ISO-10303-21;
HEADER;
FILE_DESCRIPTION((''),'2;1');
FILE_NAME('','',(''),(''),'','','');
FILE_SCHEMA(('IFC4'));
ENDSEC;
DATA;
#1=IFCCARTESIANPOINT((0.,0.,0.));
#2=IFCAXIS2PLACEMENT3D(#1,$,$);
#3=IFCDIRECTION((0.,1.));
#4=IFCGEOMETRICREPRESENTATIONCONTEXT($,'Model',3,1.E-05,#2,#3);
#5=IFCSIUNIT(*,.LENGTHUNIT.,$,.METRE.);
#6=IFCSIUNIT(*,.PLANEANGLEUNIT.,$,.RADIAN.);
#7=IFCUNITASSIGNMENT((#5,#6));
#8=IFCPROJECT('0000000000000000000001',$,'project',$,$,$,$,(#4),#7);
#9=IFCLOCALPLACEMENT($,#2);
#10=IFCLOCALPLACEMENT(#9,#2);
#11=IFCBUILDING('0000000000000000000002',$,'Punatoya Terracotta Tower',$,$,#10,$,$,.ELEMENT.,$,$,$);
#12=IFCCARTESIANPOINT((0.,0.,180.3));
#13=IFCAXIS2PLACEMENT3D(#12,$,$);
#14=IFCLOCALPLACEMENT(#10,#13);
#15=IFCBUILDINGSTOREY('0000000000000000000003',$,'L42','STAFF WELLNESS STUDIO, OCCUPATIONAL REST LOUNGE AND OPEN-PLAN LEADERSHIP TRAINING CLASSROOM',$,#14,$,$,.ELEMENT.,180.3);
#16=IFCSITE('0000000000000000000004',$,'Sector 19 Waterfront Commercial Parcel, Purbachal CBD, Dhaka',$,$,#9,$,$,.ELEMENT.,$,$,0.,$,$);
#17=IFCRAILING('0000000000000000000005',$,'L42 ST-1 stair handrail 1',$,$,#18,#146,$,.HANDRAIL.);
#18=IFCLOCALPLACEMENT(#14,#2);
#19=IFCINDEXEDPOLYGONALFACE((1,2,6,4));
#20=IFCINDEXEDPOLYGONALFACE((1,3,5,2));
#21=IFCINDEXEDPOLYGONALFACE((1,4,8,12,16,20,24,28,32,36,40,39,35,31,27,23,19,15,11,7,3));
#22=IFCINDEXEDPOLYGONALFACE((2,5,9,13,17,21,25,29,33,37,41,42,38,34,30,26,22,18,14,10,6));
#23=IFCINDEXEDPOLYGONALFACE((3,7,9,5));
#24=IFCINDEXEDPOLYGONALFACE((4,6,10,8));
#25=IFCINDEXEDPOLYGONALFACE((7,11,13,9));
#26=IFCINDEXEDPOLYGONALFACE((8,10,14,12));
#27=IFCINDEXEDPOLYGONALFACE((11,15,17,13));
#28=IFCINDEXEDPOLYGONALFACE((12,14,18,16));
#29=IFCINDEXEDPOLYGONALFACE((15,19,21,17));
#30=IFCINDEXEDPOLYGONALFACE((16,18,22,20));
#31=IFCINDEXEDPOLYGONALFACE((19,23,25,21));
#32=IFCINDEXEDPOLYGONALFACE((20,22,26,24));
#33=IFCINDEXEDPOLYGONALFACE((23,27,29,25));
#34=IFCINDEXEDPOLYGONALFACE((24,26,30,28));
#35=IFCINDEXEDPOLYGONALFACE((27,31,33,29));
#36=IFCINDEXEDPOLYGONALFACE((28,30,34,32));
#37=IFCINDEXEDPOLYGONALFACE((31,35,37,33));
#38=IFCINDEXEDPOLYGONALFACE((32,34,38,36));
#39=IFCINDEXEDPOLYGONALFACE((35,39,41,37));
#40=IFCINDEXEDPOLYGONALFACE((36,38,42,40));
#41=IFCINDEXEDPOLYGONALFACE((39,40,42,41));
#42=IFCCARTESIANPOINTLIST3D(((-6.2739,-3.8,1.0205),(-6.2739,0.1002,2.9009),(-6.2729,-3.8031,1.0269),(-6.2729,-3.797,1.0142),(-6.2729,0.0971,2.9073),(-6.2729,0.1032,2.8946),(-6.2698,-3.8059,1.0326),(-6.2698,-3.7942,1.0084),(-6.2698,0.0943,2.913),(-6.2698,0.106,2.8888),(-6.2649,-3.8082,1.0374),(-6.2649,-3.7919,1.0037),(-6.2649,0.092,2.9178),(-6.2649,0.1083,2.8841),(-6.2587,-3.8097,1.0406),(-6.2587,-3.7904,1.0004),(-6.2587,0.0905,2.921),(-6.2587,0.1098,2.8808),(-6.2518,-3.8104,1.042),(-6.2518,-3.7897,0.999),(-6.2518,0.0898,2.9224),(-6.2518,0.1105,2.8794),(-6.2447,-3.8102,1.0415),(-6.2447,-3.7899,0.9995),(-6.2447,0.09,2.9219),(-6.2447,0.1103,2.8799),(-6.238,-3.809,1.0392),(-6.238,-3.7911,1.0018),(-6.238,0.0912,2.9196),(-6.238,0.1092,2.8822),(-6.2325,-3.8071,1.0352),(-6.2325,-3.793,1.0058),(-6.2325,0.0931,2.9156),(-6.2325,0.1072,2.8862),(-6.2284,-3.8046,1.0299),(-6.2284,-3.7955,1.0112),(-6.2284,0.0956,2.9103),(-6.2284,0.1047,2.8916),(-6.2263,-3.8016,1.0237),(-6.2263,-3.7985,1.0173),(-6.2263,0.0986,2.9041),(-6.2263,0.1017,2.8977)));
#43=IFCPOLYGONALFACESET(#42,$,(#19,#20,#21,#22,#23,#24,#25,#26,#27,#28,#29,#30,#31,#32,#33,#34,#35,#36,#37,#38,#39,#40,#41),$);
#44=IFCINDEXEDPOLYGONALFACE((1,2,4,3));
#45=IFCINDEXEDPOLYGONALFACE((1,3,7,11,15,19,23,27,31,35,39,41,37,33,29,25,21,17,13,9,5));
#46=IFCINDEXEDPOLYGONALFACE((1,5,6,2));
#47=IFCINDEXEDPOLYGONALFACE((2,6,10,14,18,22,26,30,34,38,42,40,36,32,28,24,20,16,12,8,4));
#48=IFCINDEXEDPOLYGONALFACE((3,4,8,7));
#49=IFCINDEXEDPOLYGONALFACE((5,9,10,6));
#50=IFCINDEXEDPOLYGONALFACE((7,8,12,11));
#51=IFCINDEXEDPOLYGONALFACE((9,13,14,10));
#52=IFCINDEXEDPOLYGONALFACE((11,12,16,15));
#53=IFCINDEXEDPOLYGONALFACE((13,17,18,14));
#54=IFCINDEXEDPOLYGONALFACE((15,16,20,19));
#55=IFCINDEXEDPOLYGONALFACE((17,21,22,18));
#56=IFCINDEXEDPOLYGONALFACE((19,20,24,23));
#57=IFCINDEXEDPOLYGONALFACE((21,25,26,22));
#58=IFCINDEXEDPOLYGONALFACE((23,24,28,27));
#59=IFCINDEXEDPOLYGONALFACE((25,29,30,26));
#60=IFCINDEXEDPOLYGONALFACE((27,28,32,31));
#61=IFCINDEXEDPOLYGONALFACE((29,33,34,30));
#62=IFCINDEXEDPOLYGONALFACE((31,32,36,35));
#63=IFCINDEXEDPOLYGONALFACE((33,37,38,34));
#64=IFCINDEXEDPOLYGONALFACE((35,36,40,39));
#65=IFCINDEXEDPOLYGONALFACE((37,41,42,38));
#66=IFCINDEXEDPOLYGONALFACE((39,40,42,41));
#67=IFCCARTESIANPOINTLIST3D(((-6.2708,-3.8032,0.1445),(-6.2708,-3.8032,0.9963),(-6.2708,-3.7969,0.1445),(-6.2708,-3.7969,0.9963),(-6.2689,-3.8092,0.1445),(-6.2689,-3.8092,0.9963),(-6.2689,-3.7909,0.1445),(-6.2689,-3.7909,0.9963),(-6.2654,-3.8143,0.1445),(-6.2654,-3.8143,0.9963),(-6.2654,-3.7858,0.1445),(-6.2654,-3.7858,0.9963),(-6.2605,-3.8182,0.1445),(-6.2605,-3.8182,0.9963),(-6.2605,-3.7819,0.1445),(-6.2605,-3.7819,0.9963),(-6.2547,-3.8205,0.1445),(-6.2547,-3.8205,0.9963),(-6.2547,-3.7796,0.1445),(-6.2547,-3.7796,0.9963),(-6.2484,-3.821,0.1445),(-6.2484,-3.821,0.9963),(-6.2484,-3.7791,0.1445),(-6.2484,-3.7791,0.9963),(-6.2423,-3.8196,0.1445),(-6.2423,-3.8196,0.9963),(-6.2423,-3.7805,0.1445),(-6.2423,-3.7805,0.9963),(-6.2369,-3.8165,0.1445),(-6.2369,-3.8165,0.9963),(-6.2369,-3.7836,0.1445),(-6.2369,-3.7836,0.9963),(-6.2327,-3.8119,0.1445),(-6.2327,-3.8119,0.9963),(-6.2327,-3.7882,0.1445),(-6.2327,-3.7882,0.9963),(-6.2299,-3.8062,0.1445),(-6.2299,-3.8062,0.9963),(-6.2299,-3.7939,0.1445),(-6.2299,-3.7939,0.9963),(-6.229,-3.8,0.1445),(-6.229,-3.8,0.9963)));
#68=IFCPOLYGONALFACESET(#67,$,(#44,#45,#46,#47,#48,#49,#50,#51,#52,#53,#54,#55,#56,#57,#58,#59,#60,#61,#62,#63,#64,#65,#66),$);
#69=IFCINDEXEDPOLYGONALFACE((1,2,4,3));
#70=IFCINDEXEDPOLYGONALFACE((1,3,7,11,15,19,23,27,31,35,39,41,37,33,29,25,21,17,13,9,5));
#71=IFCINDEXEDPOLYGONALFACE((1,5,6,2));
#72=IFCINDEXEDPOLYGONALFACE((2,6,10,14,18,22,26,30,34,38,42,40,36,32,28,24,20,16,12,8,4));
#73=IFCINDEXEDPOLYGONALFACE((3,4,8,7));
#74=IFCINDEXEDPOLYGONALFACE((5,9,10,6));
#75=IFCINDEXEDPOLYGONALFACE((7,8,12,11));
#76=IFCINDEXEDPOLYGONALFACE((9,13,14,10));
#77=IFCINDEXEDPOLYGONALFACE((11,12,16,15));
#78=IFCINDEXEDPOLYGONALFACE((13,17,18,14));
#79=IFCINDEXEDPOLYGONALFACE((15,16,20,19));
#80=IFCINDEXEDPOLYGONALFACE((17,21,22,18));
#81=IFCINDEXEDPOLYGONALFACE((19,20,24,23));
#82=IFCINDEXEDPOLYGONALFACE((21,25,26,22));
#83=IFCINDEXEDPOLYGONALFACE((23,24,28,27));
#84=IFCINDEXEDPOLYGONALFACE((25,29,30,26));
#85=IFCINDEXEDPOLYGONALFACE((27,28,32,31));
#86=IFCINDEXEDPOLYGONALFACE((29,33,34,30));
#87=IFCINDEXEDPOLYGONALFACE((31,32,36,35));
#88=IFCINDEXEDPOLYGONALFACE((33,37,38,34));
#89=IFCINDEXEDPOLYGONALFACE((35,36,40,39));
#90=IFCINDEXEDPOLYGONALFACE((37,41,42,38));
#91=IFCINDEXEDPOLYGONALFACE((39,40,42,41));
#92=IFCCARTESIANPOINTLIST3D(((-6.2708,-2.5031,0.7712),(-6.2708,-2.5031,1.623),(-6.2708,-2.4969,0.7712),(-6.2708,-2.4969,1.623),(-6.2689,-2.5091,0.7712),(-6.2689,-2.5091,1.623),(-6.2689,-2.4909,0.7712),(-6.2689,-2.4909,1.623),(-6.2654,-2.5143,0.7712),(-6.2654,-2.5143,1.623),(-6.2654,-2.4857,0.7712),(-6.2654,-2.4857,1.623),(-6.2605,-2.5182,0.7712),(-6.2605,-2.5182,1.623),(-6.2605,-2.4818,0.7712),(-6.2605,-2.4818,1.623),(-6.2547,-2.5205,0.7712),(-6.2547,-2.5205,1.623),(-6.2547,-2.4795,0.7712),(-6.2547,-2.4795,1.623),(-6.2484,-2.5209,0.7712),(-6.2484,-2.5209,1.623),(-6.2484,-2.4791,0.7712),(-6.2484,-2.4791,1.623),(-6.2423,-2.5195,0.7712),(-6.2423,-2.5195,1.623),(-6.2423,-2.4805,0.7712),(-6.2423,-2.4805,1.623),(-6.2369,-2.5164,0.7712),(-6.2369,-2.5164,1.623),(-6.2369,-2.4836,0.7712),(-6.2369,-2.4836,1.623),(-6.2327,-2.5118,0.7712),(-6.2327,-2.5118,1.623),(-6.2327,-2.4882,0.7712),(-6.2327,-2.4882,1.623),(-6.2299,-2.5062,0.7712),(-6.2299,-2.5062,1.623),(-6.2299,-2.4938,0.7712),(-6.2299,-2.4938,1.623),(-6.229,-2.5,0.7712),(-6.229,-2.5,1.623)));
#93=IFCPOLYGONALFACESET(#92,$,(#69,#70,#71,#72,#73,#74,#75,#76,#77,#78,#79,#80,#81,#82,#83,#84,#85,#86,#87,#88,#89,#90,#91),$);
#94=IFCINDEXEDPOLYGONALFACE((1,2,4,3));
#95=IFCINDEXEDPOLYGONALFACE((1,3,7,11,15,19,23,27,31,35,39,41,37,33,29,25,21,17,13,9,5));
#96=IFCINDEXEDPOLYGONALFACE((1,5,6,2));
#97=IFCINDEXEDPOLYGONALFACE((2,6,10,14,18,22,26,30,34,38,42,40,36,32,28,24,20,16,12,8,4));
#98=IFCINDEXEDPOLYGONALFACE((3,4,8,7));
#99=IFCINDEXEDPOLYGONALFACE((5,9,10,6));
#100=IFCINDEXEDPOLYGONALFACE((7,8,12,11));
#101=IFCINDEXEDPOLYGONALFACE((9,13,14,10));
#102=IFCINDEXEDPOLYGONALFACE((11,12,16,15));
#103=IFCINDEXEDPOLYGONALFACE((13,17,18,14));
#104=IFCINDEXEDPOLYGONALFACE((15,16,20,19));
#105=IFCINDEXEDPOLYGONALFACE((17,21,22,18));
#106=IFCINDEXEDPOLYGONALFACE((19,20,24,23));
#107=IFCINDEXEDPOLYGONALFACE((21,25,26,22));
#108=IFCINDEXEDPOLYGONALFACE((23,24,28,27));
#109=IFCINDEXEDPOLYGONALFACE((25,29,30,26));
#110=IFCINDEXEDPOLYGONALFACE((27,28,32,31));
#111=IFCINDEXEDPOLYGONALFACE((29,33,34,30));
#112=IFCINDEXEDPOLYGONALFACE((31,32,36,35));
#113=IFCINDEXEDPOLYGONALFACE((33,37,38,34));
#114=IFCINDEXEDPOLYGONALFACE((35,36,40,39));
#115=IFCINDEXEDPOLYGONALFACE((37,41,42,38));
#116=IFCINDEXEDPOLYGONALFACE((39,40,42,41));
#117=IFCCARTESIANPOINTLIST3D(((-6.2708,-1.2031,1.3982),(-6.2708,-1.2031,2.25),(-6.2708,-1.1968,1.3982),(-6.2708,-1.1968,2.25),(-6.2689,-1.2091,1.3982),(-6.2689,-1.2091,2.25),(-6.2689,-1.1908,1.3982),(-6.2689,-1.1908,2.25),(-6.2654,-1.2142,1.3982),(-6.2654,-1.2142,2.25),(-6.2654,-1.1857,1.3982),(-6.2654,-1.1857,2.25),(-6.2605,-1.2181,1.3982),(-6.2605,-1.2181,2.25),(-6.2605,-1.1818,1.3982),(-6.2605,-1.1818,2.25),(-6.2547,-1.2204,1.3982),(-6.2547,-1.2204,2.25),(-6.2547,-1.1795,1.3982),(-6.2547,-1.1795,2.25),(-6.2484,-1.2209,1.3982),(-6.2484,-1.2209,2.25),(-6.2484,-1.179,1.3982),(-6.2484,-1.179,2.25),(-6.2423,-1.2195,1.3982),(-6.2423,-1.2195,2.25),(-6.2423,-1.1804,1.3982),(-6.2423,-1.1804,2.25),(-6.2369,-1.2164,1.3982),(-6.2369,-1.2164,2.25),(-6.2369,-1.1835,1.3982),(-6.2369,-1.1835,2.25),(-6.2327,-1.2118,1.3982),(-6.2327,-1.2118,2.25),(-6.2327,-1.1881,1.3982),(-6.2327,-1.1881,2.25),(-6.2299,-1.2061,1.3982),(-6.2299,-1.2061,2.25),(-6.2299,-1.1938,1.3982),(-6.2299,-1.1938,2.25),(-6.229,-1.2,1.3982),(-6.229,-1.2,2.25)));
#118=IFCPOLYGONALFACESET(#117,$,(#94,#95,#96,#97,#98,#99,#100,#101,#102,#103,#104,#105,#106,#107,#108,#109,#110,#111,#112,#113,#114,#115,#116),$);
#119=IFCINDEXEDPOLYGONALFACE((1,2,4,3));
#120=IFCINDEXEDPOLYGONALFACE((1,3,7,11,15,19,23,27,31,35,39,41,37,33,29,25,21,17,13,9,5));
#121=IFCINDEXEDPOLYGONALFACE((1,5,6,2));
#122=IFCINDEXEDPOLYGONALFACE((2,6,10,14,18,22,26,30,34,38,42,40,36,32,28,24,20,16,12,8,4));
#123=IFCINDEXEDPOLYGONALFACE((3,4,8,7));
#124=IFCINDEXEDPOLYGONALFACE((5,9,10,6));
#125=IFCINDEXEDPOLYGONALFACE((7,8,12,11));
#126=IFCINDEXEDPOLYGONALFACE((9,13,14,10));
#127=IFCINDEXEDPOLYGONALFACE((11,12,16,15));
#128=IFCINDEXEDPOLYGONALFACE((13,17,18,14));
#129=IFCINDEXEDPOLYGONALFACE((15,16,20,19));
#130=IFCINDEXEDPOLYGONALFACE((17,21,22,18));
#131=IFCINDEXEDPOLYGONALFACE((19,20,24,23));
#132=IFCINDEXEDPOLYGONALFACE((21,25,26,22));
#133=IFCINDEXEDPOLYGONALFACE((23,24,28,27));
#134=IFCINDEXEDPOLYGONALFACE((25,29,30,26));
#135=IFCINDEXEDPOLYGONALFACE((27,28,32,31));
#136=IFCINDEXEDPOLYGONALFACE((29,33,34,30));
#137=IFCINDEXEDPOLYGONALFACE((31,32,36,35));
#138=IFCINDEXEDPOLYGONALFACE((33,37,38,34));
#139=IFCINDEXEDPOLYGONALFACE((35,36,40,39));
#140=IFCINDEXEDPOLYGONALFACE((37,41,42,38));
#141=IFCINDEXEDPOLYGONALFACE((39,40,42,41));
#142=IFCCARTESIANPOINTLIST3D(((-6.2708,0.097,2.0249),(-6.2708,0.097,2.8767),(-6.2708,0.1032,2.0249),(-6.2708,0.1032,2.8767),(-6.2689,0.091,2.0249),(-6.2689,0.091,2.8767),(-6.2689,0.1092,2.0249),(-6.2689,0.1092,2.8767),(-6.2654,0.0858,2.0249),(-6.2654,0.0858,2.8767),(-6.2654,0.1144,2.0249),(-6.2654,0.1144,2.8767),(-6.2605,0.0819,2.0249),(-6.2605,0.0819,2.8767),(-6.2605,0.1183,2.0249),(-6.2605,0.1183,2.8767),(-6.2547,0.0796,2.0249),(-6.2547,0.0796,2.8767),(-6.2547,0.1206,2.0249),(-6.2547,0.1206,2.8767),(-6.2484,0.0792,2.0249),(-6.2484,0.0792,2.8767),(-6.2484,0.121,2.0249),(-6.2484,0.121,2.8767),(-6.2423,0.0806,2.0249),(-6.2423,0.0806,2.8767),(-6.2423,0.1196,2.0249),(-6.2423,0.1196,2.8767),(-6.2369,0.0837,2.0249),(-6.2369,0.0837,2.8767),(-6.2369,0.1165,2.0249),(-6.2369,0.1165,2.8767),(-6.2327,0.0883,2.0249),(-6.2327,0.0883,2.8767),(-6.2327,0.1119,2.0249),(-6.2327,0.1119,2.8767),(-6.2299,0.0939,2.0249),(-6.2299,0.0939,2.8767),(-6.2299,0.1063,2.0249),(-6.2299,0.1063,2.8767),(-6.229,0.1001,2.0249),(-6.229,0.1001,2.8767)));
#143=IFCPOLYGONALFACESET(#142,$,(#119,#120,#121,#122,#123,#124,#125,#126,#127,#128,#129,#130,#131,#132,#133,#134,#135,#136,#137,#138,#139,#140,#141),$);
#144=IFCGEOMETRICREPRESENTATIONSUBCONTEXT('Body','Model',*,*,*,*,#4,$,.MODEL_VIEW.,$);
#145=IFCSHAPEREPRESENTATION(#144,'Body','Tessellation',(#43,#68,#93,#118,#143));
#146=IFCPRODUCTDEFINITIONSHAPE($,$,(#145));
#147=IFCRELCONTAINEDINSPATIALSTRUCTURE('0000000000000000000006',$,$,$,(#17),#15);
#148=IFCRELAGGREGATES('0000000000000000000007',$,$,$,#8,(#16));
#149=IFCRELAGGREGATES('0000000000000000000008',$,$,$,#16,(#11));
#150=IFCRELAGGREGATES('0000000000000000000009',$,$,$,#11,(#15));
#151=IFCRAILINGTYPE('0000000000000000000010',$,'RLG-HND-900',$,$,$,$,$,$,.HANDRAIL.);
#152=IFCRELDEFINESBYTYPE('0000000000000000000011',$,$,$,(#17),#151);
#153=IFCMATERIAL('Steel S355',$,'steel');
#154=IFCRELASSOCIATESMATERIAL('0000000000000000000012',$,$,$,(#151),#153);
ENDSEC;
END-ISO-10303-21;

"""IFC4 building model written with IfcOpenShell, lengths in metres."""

from ifc_helpers import new_model, si_unit, direction, frame, origin, origin_2d, place, context, subcontext, project, spatial, circle, extrude, material, type_object, element, save


model = new_model("IFC4")

# Units and contexts
model_context = context("Model", 3, precision=1e-05, world=origin(), true_north=direction((0.0, 1.0)))
body_context = subcontext(model_context, "Body", "Model", "MODEL_VIEW")
ifc_project = project(units=[si_unit("LENGTHUNIT", "METRE"), si_unit("PLANEANGLEUNIT", "RADIAN")], contexts=[model_context])

# Site, building, storey
site_placement = place(None, origin())
site = spatial("IfcSite", under=ifc_project, at=site_placement, Name="Sector 19 Waterfront Commercial Parcel, Purbachal CBD, Dhaka", CompositionType="ELEMENT", RefElevation=0.0)
building_placement = place(site_placement, origin())
building = spatial("IfcBuilding", under=site, at=building_placement, Name="Punatoya Terracotta Tower", CompositionType="ELEMENT")
storey_placement = place(building_placement, frame((0.0, 0.0, 180.3)))
storey = spatial("IfcBuildingStorey", under=building, at=storey_placement, Name="L42", Description="STAFF WELLNESS STUDIO, OCCUPATIONAL REST LOUNGE AND OPEN-PLAN LEADERSHIP TRAINING CLASSROOM", CompositionType="ELEMENT", Elevation=180.3)

# Shared definitions
ifc_material_1 = material(Name="Steel S355", Category="steel")

# Railing
railing_type_1 = type_object("IfcRailingType", Name="RLG-HND-900", PredefinedType="HANDRAIL", material=ifc_material_1)
railing_1_placement = place(storey_placement, frame((-6.25, -3.8, 0.1445)))
element("IfcRailing", 1, at=railing_1_placement, inside=storey, type_object=railing_type_1, Name="L42 ST-1 stair handrail 1", PredefinedType="HANDRAIL", context=body_context, shape_type="SweptSolid", body=[
    extrude(circle(Radius=0.0239, at=origin_2d()), frame((0.0, 0.0, 0.876), z_axis=(0.0, 0.900774, 0.434289), x_axis=(-1.0, 0.0, 0.0)), (0.0, 0.0, 1.0), 4.3298),
    extrude(circle(Radius=0.021, at=origin_2d()), origin(), (0.0, 0.0, 1.0), 0.8518),
    extrude(circle(Radius=0.021, at=origin_2d()), frame((0.0, 1.3, 0.6267)), (0.0, 0.0, 1.0), 0.8518),
    extrude(circle(Radius=0.021, at=origin_2d()), frame((0.0, 2.6001, 1.2537)), (0.0, 0.0, 1.0), 0.8518),
    extrude(circle(Radius=0.021, at=origin_2d()), frame((0.0, 3.9001, 1.8804)), (0.0, 0.0, 1.0), 0.8518),
])

save(model, "model.ifc")
